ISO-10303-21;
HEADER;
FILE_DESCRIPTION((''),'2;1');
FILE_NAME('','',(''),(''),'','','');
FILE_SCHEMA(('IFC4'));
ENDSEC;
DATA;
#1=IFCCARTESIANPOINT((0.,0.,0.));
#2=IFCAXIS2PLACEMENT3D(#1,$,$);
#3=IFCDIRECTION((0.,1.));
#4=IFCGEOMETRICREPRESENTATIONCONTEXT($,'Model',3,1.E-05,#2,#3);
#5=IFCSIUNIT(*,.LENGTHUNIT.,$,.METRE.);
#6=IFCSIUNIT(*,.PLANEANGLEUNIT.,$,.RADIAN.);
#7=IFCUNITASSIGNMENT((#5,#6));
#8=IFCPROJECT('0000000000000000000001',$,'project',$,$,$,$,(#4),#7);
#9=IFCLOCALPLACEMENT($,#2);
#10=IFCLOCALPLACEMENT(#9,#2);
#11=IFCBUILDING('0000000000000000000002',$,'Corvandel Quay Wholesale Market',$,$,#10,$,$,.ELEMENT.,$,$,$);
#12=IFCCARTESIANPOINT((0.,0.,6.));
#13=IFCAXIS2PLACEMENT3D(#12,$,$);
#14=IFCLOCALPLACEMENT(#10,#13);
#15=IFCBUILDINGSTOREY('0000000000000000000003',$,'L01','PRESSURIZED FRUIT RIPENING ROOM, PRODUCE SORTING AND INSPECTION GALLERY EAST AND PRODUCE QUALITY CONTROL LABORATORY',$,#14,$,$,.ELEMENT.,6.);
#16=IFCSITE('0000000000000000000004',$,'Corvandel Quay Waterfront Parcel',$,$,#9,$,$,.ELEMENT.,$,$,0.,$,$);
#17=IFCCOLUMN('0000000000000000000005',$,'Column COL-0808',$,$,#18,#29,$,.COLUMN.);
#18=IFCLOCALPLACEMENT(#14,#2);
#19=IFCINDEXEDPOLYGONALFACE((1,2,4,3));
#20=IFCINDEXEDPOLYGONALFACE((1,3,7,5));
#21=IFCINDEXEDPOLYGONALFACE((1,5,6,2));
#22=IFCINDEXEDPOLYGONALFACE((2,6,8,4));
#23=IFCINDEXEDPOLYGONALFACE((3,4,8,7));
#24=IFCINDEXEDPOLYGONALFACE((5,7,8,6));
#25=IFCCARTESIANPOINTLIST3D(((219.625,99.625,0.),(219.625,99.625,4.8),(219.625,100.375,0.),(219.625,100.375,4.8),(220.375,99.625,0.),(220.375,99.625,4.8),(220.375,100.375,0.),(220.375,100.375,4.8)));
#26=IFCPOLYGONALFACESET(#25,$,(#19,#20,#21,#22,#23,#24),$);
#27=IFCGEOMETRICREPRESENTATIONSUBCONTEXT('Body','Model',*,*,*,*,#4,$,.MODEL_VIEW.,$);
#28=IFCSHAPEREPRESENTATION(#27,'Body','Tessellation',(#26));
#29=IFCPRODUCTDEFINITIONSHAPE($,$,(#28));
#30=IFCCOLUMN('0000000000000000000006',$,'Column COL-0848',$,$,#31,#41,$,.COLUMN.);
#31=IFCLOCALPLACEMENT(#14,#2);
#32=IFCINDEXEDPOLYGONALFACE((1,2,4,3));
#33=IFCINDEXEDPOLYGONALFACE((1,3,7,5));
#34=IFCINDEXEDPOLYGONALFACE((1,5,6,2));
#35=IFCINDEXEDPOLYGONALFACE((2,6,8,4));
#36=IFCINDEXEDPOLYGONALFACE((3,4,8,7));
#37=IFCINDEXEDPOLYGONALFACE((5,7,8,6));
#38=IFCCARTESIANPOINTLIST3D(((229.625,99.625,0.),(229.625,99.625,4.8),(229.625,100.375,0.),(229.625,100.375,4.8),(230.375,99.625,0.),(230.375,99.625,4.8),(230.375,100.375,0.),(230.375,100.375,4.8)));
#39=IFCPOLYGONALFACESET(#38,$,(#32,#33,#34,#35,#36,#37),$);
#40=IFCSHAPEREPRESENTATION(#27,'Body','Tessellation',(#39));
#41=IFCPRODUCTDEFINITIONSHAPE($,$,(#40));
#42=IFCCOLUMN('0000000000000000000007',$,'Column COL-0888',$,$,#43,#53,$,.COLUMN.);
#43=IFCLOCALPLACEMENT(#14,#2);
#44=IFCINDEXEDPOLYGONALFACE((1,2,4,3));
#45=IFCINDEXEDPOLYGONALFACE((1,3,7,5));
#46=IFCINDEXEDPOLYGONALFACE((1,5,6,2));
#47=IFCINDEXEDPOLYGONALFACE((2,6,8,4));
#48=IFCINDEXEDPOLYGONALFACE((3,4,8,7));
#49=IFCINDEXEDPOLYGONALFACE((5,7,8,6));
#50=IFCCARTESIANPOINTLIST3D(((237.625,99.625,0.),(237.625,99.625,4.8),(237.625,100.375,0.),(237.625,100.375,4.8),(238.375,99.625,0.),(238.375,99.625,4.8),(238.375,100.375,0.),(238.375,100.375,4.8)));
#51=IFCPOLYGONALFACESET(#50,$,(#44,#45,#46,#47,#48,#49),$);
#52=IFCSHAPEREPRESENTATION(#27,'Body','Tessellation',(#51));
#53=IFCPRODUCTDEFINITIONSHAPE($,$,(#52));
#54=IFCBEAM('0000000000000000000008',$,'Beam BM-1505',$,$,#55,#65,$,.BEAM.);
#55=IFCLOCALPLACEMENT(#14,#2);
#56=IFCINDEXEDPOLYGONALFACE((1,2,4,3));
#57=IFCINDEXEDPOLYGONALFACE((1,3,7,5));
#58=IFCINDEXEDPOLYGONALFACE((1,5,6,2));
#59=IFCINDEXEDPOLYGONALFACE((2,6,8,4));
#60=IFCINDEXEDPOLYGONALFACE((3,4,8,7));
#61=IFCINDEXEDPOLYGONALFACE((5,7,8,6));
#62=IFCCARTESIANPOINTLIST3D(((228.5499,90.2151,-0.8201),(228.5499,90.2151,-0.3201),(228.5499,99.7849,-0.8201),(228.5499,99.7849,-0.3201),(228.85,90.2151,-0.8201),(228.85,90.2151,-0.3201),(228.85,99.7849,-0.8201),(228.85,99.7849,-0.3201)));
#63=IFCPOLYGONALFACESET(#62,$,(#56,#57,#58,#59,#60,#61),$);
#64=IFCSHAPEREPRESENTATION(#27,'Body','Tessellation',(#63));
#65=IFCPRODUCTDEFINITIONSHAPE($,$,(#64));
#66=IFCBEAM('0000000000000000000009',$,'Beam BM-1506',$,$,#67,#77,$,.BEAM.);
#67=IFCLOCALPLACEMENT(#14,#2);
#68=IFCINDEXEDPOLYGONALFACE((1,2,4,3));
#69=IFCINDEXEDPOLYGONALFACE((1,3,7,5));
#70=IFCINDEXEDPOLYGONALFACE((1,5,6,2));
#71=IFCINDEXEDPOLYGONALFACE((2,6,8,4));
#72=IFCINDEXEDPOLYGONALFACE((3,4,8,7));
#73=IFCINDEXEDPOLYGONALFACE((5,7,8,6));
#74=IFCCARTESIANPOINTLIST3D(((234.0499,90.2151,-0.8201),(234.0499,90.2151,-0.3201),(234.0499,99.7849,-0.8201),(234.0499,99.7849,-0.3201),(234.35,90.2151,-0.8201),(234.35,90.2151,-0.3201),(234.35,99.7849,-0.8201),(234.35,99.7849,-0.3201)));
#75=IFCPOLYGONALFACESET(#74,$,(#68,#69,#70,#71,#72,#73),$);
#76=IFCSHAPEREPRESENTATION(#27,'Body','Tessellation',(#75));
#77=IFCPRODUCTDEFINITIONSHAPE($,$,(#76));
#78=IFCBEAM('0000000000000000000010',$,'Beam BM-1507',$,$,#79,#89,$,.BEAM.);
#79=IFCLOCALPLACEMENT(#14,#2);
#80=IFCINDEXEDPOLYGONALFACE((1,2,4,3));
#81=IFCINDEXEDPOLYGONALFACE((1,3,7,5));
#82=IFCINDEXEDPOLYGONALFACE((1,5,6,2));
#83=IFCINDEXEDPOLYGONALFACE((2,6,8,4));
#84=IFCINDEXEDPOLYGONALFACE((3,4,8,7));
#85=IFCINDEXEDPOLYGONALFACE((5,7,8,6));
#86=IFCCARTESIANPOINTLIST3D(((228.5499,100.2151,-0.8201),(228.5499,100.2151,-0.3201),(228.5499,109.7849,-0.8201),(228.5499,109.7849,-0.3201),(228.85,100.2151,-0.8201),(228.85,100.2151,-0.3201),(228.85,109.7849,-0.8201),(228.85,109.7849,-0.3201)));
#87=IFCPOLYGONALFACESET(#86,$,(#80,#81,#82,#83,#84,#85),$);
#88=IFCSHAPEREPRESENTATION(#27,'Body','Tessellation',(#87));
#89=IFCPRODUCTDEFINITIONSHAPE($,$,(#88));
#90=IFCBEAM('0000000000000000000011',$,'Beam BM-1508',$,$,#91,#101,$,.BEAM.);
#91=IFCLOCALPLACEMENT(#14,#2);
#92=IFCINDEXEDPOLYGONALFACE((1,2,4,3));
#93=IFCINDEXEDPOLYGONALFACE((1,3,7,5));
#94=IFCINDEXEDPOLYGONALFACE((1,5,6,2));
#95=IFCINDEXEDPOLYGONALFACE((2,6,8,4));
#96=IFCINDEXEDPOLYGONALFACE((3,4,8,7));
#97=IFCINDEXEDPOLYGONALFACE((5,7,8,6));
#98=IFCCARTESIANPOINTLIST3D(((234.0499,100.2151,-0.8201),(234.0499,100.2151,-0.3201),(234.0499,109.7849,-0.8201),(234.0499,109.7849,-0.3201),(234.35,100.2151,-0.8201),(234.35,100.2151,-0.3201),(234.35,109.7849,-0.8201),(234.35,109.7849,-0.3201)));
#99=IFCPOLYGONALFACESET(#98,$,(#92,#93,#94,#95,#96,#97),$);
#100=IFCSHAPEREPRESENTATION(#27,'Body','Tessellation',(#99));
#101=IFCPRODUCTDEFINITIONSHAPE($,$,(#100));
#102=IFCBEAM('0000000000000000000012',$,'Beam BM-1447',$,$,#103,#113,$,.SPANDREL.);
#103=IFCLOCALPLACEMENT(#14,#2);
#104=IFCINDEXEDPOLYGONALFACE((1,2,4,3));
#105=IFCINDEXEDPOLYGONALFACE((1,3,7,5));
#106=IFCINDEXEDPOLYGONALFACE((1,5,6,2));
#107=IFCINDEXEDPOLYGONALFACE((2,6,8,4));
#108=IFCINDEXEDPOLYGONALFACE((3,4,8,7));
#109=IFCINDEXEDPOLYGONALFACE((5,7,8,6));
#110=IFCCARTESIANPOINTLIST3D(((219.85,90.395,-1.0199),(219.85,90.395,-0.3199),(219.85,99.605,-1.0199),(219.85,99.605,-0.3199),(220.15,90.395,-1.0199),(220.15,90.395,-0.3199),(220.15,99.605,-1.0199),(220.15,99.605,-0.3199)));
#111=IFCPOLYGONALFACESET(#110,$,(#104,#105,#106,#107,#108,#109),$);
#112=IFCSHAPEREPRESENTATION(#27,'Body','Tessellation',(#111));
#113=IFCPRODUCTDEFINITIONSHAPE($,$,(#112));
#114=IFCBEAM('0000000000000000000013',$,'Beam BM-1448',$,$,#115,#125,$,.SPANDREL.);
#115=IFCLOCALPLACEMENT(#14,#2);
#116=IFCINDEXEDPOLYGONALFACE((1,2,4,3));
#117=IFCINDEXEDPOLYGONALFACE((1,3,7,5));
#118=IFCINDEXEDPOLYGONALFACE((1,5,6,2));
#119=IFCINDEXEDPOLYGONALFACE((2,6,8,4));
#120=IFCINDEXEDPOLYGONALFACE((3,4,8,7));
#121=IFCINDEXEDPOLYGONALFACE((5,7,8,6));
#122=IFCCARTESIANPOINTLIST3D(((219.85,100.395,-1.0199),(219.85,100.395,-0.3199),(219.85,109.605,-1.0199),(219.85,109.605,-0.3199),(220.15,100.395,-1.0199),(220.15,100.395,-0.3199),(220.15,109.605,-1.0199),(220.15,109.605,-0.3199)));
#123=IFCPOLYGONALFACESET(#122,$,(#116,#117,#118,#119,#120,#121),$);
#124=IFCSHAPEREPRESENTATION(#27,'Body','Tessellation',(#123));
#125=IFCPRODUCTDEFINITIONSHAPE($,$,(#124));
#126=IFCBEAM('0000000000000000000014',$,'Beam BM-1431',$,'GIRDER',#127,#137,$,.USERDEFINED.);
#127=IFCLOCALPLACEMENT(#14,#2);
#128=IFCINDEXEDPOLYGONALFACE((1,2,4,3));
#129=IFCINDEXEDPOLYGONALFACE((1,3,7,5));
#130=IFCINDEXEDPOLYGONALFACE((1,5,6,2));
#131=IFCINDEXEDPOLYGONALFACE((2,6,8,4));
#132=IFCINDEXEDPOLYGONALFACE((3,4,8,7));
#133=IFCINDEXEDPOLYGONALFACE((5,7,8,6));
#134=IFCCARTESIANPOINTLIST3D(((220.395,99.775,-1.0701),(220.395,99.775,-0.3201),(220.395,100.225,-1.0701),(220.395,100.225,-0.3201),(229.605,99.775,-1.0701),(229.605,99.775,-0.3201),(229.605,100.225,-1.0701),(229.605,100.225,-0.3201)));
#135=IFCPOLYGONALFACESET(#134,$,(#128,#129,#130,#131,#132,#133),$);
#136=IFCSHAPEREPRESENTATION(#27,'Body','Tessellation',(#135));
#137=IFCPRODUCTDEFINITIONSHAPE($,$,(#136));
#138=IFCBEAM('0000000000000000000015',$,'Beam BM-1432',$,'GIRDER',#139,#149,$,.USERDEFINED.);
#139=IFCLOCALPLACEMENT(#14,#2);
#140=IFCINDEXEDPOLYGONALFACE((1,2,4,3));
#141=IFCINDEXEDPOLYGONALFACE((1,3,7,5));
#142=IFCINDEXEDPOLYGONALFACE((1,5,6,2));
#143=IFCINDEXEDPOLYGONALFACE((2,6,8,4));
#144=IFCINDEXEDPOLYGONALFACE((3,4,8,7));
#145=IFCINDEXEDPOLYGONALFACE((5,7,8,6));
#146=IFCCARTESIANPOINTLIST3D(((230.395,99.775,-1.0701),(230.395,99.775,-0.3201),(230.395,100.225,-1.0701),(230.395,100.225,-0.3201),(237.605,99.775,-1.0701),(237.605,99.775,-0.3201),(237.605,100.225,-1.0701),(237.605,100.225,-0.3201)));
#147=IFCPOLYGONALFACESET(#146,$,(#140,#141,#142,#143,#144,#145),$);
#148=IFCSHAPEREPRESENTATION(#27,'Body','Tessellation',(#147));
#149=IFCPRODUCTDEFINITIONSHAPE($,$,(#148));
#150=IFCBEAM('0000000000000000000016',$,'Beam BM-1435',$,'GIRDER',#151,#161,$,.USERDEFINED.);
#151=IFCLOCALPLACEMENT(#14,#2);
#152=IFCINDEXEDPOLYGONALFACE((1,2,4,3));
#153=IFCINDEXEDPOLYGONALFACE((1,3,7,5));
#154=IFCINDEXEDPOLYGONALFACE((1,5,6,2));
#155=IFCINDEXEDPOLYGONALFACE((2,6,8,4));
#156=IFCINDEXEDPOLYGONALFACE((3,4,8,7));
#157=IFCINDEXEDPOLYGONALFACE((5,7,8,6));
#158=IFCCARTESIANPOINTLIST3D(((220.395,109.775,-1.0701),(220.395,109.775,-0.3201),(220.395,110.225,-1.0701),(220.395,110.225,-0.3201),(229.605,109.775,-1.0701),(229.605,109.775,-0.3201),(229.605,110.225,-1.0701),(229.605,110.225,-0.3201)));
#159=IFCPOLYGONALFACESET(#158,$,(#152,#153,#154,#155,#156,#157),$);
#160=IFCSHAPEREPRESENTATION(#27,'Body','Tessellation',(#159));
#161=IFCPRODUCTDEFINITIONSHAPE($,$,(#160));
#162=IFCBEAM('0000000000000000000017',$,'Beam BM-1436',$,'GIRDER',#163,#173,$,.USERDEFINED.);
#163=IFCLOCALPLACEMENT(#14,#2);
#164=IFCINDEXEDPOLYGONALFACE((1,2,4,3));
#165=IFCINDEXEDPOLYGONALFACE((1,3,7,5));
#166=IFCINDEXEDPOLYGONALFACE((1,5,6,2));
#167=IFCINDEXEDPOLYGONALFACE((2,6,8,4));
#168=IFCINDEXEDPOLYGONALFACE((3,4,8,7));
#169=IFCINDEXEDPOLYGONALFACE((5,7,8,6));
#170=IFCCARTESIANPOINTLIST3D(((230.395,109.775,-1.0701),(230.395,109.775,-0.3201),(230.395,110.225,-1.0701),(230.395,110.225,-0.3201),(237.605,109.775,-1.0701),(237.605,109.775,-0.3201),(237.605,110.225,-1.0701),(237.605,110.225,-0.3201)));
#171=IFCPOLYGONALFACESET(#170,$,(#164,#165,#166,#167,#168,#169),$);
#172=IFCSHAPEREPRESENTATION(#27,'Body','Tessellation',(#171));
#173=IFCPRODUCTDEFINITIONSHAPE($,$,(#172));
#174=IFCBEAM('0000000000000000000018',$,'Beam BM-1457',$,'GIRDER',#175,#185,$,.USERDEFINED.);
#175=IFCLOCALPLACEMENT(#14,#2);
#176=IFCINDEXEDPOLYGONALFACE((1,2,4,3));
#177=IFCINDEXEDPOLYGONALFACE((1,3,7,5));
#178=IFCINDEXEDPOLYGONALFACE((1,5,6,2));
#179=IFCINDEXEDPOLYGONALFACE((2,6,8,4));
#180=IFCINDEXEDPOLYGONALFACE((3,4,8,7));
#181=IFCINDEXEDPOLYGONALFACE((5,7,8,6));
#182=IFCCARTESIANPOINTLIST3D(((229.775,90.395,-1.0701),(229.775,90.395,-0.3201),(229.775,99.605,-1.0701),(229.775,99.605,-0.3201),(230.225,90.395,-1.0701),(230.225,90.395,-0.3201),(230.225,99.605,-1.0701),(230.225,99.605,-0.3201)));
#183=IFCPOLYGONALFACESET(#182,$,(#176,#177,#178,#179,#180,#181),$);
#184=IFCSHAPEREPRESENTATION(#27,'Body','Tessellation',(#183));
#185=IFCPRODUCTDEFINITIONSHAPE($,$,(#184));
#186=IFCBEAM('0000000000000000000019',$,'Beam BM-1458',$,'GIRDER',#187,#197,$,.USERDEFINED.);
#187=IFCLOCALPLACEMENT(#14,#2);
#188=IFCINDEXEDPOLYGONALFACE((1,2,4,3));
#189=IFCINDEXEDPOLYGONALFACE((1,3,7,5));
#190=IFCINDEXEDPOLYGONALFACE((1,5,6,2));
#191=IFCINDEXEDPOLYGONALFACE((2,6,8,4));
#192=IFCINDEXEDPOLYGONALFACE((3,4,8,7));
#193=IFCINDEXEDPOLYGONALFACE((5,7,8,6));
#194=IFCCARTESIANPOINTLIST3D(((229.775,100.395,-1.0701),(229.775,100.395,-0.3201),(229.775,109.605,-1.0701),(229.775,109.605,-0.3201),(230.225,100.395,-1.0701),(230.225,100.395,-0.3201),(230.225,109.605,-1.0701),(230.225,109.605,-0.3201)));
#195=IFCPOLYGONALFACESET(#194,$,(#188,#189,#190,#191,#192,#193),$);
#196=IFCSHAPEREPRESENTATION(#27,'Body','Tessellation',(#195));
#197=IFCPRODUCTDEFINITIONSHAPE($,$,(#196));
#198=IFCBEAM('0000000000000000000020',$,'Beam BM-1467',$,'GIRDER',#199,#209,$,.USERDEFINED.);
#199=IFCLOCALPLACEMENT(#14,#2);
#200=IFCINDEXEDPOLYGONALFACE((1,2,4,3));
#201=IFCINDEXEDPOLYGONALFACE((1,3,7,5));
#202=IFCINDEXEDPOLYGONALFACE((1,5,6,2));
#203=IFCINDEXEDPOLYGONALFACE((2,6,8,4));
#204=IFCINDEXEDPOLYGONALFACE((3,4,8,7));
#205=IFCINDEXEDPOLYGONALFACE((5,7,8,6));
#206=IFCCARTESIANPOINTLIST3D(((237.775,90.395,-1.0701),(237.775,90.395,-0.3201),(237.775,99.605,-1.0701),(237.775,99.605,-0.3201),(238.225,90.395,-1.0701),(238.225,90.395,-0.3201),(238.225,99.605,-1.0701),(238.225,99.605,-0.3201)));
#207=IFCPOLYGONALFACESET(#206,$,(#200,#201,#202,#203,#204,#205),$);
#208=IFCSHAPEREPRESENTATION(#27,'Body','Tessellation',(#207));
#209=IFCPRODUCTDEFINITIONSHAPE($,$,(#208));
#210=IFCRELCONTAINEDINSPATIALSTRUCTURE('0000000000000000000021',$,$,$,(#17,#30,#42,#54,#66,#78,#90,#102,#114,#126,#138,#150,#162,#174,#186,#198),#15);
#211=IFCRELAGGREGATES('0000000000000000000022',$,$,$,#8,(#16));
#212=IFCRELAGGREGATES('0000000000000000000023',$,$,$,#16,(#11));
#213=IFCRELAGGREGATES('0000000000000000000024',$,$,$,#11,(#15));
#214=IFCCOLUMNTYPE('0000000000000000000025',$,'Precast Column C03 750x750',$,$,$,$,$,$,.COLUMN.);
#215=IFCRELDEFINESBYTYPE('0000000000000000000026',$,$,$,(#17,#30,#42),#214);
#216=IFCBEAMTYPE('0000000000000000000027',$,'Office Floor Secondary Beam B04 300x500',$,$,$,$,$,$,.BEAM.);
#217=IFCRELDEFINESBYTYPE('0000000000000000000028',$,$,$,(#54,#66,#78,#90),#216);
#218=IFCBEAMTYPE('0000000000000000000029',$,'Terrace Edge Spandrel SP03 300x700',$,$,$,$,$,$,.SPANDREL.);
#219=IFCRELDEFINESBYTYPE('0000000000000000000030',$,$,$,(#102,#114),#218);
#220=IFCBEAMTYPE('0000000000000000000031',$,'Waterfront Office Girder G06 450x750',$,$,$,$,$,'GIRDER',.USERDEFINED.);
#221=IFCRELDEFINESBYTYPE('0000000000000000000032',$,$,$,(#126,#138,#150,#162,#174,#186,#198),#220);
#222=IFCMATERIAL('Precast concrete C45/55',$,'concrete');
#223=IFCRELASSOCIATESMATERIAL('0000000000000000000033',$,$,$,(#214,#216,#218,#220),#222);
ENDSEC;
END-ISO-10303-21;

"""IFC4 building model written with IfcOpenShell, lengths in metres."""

from ifc_helpers import new_model, si_unit, direction, frame, origin, origin_2d, place, context, subcontext, project, spatial, rectangle, extrude, material, material_profile, profile_set, type_object, element, save


model = new_model("IFC4")

# Units and contexts
model_context = context("Model", 3, precision=1e-05, world=origin(), true_north=direction((0.0, 1.0)))
body_context = subcontext(model_context, "Body", "Model", "MODEL_VIEW")
ifc_project = project(units=[si_unit("LENGTHUNIT", "METRE"), si_unit("PLANEANGLEUNIT", "RADIAN")], contexts=[model_context])

# Site, building, storey
site_placement = place(None, origin())
site = spatial("IfcSite", under=ifc_project, at=site_placement, Name="Corvandel Quay Waterfront Parcel", CompositionType="ELEMENT", RefElevation=0.0)
building_placement = place(site_placement, origin())
building = spatial("IfcBuilding", under=site, at=building_placement, Name="Corvandel Quay Wholesale Market", CompositionType="ELEMENT")
storey_placement = place(building_placement, frame((0.0, 0.0, 6.0)))
storey = spatial("IfcBuildingStorey", under=building, at=storey_placement, Name="L01", Description="PRESSURIZED FRUIT RIPENING ROOM, PRODUCE SORTING AND INSPECTION GALLERY EAST AND PRODUCE QUALITY CONTROL LABORATORY", CompositionType="ELEMENT", Elevation=6.0)

# Columns
ifc_material_1 = material(Name="Precast concrete C45/55", Category="concrete")
ifc_material_profile_1 = material_profile(ifc_material_1, rectangle(XDim=0.75, YDim=0.75, at=origin_2d()), Name="PC-COL-750x750")
ifc_profile_set_1 = profile_set([ifc_material_profile_1], Name="Precast concrete C45/55")
column_type = type_object("IfcColumnType", Name="Precast Column C03 750x750", PredefinedType="COLUMN", material=ifc_profile_set_1)
for number, where, z_axis, x_axis, name in (
    (1, (220.0, 100.0, 0.0), (0.0, 0.0, 1.0), (1.0, 0.0, 0.0), "Column COL-0808"),
    (2, (230.0, 100.0, 0.0), (0.0, 0.0, 1.0), (1.0, 0.0, 0.0), "Column COL-0848"),
    (3, (238.0, 100.0, 0.0), (0.0, 0.0, 1.0), (1.0, 0.0, 0.0), "Column COL-0888"),
):
    element("IfcColumn", number, at=place(storey_placement, frame(where, z_axis=z_axis, x_axis=x_axis)), inside=storey, type_object=column_type, Name=name, PredefinedType="COLUMN", context=body_context, shape_type="SweptSolid", body=[
        extrude(rectangle(XDim=0.75, YDim=0.75, at=origin_2d()), origin(), (0.0, 0.0, 1.0), 4.8),
    ])

# Beams
ifc_material_profile_2 = material_profile(ifc_material_1, rectangle(XDim=0.3, YDim=0.5, at=origin_2d()), Name="PC-BM-300x500")
ifc_profile_set_2 = profile_set([ifc_material_profile_2], Name="Precast concrete C45/55")
beam_type_1 = type_object("IfcBeamType", Name="Office Floor Secondary Beam B04 300x500", PredefinedType="BEAM", material=ifc_profile_set_2)
for number, where, z_axis, x_axis, name in (
    (4, (228.7, 90.2151, -0.5701), (0.0, 1.0, 0.0), (-1.0, 0.0, 0.0), "Beam BM-1505"),
    (5, (234.2, 90.2151, -0.5701), (0.0, 1.0, 0.0), (-1.0, 0.0, 0.0), "Beam BM-1506"),
    (6, (228.7, 100.2151, -0.5701), (0.0, 1.0, 0.0), (-1.0, 0.0, 0.0), "Beam BM-1507"),
    (7, (234.2, 100.2151, -0.5701), (0.0, 1.0, 0.0), (-1.0, 0.0, 0.0), "Beam BM-1508"),
):
    element("IfcBeam", number, at=place(storey_placement, frame(where, z_axis=z_axis, x_axis=x_axis)), inside=storey, type_object=beam_type_1, Name=name, PredefinedType="BEAM", context=body_context, shape_type="SweptSolid", body=[
        extrude(rectangle(XDim=0.3, YDim=0.5, at=origin_2d()), origin(), (0.0, 0.0, 1.0), 9.5698),
    ])
ifc_material_profile_3 = material_profile(ifc_material_1, rectangle(XDim=0.3, YDim=0.7, at=origin_2d()), Name="PC-SPN-300x700")
ifc_profile_set_3 = profile_set([ifc_material_profile_3], Name="Precast concrete C45/55")
beam_type_2 = type_object("IfcBeamType", Name="Terrace Edge Spandrel SP03 300x700", PredefinedType="SPANDREL", material=ifc_profile_set_3)
for number, where, z_axis, x_axis, name in (
    (8, (220.0, 90.395, -0.6699), (0.0, 1.0, 0.0), (-1.0, 0.0, 0.0), "Beam BM-1447"),
    (9, (220.0, 100.395, -0.6699), (0.0, 1.0, 0.0), (-1.0, 0.0, 0.0), "Beam BM-1448"),
):
    element("IfcBeam", number, at=place(storey_placement, frame(where, z_axis=z_axis, x_axis=x_axis)), inside=storey, type_object=beam_type_2, Name=name, PredefinedType="SPANDREL", context=body_context, shape_type="SweptSolid", body=[
        extrude(rectangle(XDim=0.3, YDim=0.7, at=origin_2d()), origin(), (0.0, 0.0, 1.0), 9.21),
    ])
ifc_material_profile_4 = material_profile(ifc_material_1, rectangle(XDim=0.45, YDim=0.75, at=origin_2d()), Name="PC-GIR-450x750")
ifc_profile_set_4 = profile_set([ifc_material_profile_4], Name="Precast concrete C45/55")
beam_type_3 = type_object("IfcBeamType", Name="Waterfront Office Girder G06 450x750", ElementType="GIRDER", PredefinedType="USERDEFINED", material=ifc_profile_set_4)
beam_1_placement = place(storey_placement, frame((220.395, 100.0, -0.6951), z_axis=(1.0, 0.0, 0.0), x_axis=(0.0, 1.0, 0.0)))
element("IfcBeam", 10, at=beam_1_placement, inside=storey, type_object=beam_type_3, Name="Beam BM-1431", ObjectType="GIRDER", PredefinedType="USERDEFINED", context=body_context, shape_type="SweptSolid", body=[
    extrude(rectangle(XDim=0.45, YDim=0.75, at=origin_2d()), origin(), (0.0, 0.0, 1.0), 9.21),
])
beam_2_placement = place(storey_placement, frame((230.395, 100.0, -0.6951), z_axis=(1.0, 0.0, 0.0), x_axis=(0.0, 1.0, 0.0)))
element("IfcBeam", 11, at=beam_2_placement, inside=storey, type_object=beam_type_3, Name="Beam BM-1432", ObjectType="GIRDER", PredefinedType="USERDEFINED", context=body_context, shape_type="SweptSolid", body=[
    extrude(rectangle(XDim=0.45, YDim=0.75, at=origin_2d()), origin(), (0.0, 0.0, 1.0), 7.21),
])
beam_3_placement = place(storey_placement, frame((220.395, 110.0, -0.6951), z_axis=(1.0, 0.0, 0.0), x_axis=(0.0, 1.0, 0.0)))
element("IfcBeam", 12, at=beam_3_placement, inside=storey, type_object=beam_type_3, Name="Beam BM-1435", ObjectType="GIRDER", PredefinedType="USERDEFINED", context=body_context, shape_type="SweptSolid", body=[
    extrude(rectangle(XDim=0.45, YDim=0.75, at=origin_2d()), origin(), (0.0, 0.0, 1.0), 9.21),
])
beam_4_placement = place(storey_placement, frame((230.395, 110.0, -0.6951), z_axis=(1.0, 0.0, 0.0), x_axis=(0.0, 1.0, 0.0)))
element("IfcBeam", 13, at=beam_4_placement, inside=storey, type_object=beam_type_3, Name="Beam BM-1436", ObjectType="GIRDER", PredefinedType="USERDEFINED", context=body_context, shape_type="SweptSolid", body=[
    extrude(rectangle(XDim=0.45, YDim=0.75, at=origin_2d()), origin(), (0.0, 0.0, 1.0), 7.21),
])
for number, where, z_axis, x_axis, name in (
    (14, (230.0, 90.395, -0.6951), (0.0, 1.0, 0.0), (-1.0, 0.0, 0.0), "Beam BM-1457"),
    (15, (230.0, 100.395, -0.6951), (0.0, 1.0, 0.0), (-1.0, 0.0, 0.0), "Beam BM-1458"),
    (16, (238.0, 90.395, -0.6951), (0.0, 1.0, 0.0), (-1.0, 0.0, 0.0), "Beam BM-1467"),
):
    element("IfcBeam", number, at=place(storey_placement, frame(where, z_axis=z_axis, x_axis=x_axis)), inside=storey, type_object=beam_type_3, Name=name, ObjectType="GIRDER", PredefinedType="USERDEFINED", context=body_context, shape_type="SweptSolid", body=[
        extrude(rectangle(XDim=0.45, YDim=0.75, at=origin_2d()), origin(), (0.0, 0.0, 1.0), 9.21),
    ])

save(model, "model.ifc")
